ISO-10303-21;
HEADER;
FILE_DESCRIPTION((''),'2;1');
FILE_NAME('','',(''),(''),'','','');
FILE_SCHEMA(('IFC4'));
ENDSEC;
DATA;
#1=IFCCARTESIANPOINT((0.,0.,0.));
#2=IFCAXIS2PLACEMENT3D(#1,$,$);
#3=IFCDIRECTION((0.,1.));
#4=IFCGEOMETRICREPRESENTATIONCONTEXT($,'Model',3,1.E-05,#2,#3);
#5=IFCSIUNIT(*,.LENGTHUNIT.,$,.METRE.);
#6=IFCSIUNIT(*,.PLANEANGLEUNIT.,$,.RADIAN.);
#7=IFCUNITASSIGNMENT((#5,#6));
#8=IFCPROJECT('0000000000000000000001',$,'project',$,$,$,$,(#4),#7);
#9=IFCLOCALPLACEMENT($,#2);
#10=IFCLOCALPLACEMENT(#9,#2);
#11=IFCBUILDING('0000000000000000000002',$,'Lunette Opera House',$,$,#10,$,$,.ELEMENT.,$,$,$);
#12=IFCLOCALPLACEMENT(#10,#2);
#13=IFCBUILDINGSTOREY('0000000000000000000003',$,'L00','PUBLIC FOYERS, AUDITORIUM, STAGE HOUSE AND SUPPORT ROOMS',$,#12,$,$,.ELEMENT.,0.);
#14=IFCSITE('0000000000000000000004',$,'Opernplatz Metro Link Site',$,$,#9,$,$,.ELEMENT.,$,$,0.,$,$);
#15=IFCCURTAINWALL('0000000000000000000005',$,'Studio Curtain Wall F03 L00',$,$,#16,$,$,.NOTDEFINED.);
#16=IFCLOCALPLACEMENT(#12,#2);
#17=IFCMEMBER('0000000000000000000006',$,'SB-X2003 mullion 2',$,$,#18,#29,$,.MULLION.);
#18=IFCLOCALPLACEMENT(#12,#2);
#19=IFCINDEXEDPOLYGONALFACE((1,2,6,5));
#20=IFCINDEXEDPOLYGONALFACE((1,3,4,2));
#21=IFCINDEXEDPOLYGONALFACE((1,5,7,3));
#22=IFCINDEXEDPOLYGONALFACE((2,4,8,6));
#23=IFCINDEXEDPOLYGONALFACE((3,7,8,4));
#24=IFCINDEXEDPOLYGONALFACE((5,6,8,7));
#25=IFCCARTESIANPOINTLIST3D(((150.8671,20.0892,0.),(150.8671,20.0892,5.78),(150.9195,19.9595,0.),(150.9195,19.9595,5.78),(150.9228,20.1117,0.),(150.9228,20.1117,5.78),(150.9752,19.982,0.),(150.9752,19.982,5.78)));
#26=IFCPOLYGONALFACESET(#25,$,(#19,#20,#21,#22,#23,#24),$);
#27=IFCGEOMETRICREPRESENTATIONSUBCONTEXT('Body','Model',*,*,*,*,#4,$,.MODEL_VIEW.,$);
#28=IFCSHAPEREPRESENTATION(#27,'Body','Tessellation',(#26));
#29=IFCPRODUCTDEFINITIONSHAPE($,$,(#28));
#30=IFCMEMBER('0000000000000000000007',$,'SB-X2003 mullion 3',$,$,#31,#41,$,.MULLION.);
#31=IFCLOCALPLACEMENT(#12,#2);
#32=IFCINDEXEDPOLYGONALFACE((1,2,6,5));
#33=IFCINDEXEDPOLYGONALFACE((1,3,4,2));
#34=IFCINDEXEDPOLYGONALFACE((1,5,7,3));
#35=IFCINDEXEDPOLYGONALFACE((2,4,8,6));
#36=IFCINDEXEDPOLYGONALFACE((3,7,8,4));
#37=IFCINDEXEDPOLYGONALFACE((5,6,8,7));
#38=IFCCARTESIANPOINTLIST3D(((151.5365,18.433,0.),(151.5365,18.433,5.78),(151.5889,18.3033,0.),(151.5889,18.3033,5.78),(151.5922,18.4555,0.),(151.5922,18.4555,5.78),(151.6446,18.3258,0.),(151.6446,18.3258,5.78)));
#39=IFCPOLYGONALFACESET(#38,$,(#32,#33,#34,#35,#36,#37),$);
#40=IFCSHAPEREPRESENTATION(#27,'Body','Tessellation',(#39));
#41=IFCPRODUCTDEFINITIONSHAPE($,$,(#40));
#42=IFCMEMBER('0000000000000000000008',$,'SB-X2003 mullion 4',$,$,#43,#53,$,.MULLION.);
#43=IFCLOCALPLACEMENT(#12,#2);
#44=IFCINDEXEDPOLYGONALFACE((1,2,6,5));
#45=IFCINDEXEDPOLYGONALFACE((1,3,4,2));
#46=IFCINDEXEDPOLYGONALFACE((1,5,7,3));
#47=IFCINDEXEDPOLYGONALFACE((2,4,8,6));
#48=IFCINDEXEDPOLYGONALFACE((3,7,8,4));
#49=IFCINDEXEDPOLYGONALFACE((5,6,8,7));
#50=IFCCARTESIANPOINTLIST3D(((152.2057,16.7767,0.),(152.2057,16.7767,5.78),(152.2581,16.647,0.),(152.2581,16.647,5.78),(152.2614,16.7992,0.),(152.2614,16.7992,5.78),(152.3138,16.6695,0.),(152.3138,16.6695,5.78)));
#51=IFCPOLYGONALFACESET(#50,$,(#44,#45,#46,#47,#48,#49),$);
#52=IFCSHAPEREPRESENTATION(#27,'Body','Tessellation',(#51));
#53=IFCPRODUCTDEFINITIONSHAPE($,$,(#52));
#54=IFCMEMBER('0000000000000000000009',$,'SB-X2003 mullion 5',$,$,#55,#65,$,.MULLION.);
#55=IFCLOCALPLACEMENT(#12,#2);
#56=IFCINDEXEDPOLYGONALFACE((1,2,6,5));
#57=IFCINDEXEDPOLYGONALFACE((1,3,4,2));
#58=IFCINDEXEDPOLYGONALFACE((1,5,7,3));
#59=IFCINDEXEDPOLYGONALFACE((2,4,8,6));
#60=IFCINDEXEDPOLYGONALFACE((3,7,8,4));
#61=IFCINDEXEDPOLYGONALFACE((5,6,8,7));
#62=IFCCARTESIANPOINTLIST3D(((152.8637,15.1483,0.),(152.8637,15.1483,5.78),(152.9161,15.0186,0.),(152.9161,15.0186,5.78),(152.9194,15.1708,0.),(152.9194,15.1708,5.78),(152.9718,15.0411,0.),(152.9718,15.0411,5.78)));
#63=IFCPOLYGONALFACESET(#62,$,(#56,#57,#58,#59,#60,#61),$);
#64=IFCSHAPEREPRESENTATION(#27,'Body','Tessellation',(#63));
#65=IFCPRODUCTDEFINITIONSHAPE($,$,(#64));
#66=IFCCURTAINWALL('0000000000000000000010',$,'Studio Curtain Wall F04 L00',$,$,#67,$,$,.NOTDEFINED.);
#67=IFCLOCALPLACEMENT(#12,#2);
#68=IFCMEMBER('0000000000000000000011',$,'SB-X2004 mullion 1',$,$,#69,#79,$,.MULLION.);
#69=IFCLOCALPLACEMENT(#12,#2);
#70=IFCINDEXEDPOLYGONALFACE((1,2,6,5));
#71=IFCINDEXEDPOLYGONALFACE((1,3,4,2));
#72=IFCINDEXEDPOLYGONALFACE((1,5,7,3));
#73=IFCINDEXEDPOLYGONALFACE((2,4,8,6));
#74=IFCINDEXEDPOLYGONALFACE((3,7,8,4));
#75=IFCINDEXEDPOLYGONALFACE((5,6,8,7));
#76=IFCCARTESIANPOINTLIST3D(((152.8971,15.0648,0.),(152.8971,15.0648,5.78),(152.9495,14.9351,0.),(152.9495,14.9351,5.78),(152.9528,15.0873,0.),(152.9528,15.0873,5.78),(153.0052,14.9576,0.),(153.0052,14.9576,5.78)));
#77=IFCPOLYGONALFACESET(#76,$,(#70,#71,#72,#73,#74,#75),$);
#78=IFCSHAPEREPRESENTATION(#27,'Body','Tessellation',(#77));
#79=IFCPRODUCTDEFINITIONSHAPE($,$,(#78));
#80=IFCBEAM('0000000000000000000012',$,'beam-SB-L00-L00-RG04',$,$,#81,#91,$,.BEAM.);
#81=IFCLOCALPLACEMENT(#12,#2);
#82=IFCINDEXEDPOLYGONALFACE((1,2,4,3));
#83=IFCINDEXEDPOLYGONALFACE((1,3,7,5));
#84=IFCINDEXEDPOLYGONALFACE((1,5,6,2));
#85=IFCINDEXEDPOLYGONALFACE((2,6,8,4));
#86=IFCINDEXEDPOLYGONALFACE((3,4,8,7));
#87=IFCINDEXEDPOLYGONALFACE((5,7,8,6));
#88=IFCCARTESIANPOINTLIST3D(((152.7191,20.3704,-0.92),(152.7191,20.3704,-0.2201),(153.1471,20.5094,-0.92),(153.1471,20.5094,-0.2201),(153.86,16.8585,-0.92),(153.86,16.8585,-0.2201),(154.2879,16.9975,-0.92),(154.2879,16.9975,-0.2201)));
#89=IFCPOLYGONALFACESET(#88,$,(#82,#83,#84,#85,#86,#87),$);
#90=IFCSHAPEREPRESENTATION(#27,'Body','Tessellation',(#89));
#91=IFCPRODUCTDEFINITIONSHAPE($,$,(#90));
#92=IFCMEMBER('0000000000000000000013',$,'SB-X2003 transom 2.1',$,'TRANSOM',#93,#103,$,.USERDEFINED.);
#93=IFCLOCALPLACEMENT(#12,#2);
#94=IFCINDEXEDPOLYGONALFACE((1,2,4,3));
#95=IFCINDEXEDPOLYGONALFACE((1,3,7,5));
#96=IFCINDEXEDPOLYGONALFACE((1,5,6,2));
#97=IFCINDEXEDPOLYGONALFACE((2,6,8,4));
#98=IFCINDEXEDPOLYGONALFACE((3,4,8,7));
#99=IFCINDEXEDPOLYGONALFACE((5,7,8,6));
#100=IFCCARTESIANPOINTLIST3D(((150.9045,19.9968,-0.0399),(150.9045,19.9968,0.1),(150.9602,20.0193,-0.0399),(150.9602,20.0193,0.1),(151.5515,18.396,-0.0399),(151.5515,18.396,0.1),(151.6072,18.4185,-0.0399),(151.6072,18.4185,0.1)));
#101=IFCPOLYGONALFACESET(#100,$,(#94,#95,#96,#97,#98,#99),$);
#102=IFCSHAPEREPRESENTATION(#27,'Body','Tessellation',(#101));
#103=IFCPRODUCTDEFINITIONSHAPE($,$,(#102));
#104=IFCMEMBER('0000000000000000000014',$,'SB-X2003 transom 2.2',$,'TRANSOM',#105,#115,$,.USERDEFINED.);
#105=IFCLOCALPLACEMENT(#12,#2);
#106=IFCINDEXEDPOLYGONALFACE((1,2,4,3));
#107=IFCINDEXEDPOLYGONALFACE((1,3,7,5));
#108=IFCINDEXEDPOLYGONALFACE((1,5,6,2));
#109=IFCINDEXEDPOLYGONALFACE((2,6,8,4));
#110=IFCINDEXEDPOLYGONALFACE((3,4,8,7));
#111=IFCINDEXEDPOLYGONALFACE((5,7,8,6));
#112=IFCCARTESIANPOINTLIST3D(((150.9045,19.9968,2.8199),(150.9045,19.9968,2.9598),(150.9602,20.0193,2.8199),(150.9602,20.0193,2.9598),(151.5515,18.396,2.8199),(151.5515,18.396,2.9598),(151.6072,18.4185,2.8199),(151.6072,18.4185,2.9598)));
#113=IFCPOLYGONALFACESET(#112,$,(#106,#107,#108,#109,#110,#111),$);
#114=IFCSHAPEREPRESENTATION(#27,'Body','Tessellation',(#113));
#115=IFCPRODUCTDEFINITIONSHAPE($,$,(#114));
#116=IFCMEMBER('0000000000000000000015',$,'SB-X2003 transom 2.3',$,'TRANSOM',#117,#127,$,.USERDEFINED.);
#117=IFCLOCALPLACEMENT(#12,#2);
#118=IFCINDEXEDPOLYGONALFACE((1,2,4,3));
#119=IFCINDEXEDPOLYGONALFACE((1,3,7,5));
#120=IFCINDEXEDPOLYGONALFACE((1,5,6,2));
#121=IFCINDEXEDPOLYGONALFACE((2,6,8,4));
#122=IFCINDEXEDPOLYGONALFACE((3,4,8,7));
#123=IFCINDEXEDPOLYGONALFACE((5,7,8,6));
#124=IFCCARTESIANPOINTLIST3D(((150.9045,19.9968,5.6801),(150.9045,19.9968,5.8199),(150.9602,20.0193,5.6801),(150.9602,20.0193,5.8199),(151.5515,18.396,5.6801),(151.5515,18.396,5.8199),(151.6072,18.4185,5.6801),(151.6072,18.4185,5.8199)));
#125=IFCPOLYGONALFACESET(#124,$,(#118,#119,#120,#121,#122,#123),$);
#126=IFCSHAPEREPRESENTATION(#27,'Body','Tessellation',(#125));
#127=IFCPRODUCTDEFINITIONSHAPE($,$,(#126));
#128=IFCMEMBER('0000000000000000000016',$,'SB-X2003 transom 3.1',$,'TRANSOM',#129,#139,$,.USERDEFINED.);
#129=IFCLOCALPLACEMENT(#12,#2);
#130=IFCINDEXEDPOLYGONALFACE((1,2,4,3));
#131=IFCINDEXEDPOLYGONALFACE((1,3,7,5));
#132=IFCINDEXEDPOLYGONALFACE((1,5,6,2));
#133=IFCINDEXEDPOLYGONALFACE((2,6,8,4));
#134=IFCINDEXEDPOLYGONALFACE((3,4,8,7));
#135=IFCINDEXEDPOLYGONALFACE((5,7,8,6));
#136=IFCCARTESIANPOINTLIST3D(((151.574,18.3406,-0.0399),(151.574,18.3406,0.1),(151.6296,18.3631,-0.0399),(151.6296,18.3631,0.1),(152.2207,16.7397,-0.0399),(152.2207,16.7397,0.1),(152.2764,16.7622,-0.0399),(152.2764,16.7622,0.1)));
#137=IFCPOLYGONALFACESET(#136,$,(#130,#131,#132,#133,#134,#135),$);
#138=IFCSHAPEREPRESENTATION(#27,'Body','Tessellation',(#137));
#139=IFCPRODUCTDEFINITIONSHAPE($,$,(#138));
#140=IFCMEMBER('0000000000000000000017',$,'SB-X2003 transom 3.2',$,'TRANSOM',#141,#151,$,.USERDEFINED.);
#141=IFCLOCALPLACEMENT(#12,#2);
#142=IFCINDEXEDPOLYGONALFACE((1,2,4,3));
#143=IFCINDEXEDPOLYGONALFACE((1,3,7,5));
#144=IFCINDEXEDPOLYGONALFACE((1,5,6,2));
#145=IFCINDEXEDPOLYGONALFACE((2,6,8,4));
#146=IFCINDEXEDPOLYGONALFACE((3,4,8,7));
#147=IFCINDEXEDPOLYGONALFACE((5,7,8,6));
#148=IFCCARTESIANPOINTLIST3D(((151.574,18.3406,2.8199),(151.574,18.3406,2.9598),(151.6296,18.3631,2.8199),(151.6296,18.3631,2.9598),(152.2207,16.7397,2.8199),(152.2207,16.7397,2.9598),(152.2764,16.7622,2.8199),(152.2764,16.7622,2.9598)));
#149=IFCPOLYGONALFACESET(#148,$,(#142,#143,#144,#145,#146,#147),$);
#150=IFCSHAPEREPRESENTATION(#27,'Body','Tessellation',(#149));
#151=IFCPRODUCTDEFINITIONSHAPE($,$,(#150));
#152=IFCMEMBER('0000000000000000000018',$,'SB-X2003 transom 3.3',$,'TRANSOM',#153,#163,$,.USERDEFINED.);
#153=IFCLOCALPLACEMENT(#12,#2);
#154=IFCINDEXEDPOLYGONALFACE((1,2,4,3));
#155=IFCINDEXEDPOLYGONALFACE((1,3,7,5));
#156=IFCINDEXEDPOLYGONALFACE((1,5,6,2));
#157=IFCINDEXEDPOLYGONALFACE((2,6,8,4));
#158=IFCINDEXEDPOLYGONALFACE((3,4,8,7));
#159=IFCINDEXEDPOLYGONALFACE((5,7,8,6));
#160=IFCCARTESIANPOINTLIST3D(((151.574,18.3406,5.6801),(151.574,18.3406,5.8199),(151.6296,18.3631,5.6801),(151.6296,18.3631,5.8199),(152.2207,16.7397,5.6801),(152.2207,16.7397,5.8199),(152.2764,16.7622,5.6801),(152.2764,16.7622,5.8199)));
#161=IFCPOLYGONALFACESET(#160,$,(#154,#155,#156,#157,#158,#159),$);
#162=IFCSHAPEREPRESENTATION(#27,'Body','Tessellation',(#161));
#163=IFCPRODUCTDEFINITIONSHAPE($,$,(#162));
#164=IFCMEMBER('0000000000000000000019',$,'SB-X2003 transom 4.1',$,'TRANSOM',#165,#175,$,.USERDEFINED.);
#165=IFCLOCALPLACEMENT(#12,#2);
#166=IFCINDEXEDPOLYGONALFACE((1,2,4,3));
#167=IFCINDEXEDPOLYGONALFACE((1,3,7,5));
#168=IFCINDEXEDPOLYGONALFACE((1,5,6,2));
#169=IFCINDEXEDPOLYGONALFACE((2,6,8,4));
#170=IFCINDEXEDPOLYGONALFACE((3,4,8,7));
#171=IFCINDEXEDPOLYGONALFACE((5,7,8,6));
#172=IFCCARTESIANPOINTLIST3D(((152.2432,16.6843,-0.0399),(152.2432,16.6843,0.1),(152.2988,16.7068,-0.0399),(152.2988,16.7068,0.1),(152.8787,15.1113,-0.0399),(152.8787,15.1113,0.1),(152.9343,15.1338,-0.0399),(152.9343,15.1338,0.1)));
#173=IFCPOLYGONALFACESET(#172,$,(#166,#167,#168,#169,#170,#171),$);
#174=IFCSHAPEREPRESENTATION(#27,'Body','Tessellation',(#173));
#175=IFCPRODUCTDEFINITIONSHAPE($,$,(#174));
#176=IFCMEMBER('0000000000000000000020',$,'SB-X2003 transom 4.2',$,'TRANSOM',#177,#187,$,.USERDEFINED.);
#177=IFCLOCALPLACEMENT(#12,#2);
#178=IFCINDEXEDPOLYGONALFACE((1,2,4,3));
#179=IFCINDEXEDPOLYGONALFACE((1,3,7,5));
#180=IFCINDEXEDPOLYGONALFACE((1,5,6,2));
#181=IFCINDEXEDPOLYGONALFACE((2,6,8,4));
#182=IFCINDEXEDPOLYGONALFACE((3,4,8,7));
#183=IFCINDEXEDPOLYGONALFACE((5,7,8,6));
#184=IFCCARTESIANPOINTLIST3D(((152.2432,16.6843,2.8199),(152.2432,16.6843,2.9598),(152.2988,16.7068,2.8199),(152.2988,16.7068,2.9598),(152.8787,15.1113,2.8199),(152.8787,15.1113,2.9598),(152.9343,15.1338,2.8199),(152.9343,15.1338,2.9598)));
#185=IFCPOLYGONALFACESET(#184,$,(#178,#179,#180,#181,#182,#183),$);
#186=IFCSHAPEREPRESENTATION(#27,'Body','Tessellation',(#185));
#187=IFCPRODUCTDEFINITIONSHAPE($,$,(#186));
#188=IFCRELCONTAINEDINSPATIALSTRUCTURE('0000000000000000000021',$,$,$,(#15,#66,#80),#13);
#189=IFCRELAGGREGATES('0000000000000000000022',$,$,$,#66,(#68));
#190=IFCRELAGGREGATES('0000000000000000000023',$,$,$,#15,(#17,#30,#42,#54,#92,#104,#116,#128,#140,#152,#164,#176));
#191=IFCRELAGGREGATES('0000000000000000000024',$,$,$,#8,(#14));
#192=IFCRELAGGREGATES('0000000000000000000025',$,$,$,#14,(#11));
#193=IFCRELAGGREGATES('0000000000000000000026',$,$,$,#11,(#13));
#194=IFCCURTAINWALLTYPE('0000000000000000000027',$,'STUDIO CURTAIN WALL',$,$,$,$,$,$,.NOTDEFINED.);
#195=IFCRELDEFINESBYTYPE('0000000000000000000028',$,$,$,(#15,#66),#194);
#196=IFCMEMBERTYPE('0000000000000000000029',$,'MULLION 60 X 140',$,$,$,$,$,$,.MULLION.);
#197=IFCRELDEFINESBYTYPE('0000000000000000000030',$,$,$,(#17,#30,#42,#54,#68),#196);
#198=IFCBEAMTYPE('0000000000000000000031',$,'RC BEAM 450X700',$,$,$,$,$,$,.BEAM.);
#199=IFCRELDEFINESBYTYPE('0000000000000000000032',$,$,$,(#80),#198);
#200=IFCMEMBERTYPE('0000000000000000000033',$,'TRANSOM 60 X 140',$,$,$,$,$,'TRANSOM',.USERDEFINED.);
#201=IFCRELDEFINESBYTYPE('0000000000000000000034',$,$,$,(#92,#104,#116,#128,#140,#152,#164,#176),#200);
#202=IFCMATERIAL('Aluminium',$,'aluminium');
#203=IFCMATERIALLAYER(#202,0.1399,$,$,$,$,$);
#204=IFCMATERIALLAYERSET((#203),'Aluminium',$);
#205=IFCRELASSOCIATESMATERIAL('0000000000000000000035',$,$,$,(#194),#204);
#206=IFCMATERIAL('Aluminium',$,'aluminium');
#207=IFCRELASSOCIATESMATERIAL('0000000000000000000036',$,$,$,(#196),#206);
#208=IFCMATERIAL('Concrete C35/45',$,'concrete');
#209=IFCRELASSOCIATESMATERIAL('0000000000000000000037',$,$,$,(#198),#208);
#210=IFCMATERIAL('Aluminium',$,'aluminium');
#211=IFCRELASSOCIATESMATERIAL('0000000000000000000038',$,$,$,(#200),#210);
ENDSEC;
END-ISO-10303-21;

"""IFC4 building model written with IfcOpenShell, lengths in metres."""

from ifc_helpers import new_model, si_unit, direction, frame, origin, origin_2d, place, context, subcontext, project, spatial, rectangle, extrude, material, layer, layer_set, material_profile, profile_set, type_object, element, aggregate, save


model = new_model("IFC4")

# Units and contexts
model_context = context("Model", 3, precision=1e-05, world=origin(), true_north=direction((0.0, 1.0)))
body_context = subcontext(model_context, "Body", "Model", "MODEL_VIEW")
ifc_project = project(units=[si_unit("LENGTHUNIT", "METRE"), si_unit("PLANEANGLEUNIT", "RADIAN")], contexts=[model_context])

# Site, building, storey
site_placement = place(None, origin())
site = spatial("IfcSite", under=ifc_project, at=site_placement, Name="Opernplatz Metro Link Site", CompositionType="ELEMENT", RefElevation=0.0)
building_placement = place(site_placement, origin())
building = spatial("IfcBuilding", under=site, at=building_placement, Name="Lunette Opera House", CompositionType="ELEMENT")
storey_placement = place(building_placement, origin())
storey = spatial("IfcBuildingStorey", under=building, at=storey_placement, Name="L00", Description="PUBLIC FOYERS, AUDITORIUM, STAGE HOUSE AND SUPPORT ROOMS", CompositionType="ELEMENT", Elevation=0.0)

# Curtain wall, members
ifc_material_1 = material(Name="Aluminium", Category="aluminium")
ifc_layer_1 = layer(ifc_material_1, 0.1399)
ifc_layer_set_1 = layer_set([ifc_layer_1], Name="Aluminium")
curtain_wall_type = type_object("IfcCurtainWallType", Name="STUDIO CURTAIN WALL", PredefinedType="NOTDEFINED", material=ifc_layer_set_1)
curtain_wall_1_placement = place(storey_placement, origin())
curtain_wall_1 = element("IfcCurtainWall", 1, at=curtain_wall_1_placement, inside=storey, type_object=curtain_wall_type, Name="Studio Curtain Wall F03 L00", PredefinedType="NOTDEFINED")
ifc_material_2 = material(Name="Aluminium", Category="aluminium")
ifc_material_profile_1 = material_profile(ifc_material_2, rectangle(XDim=0.0601, YDim=0.1399, at=origin_2d()), Name="MULLION 60 X 140")
ifc_profile_set_1 = profile_set([ifc_material_profile_1], Name="Aluminium")
member_type_1 = type_object("IfcMemberType", Name="MULLION 60 X 140", PredefinedType="MULLION", material=ifc_profile_set_1)
member_1_placement = place(storey_placement, frame((150.9211, 20.0356, 0.0), z_axis=(0.0, 0.0, 1.0), x_axis=(0.927168, 0.374646, 0.0)))
member_1 = element("IfcMember", 2, at=member_1_placement, type_object=member_type_1, Name="SB-X2003 mullion 2", PredefinedType="MULLION", context=body_context, shape_type="SweptSolid", body=[
    extrude(rectangle(XDim=0.0601, YDim=0.1399, at=origin_2d()), origin(), (0.0, 0.0, 1.0), 5.78),
])
member_2_placement = place(storey_placement, frame((151.5906, 18.3794, 0.0), z_axis=(0.0, 0.0, 1.0), x_axis=(0.927168, 0.374646, 0.0)))
member_2 = element("IfcMember", 3, at=member_2_placement, type_object=member_type_1, Name="SB-X2003 mullion 3", PredefinedType="MULLION", context=body_context, shape_type="SweptSolid", body=[
    extrude(rectangle(XDim=0.0601, YDim=0.1399, at=origin_2d()), origin(), (0.0, 0.0, 1.0), 5.78),
])
member_3_placement = place(storey_placement, frame((152.2598, 16.7231, 0.0), z_axis=(0.0, 0.0, 1.0), x_axis=(0.927168, 0.374646, 0.0)))
member_3 = element("IfcMember", 4, at=member_3_placement, type_object=member_type_1, Name="SB-X2003 mullion 4", PredefinedType="MULLION", context=body_context, shape_type="SweptSolid", body=[
    extrude(rectangle(XDim=0.0601, YDim=0.1399, at=origin_2d()), origin(), (0.0, 0.0, 1.0), 5.78),
])
member_4_placement = place(storey_placement, frame((152.9177, 15.0947, 0.0), z_axis=(0.0, 0.0, 1.0), x_axis=(0.927168, 0.374646, 0.0)))
member_4 = element("IfcMember", 5, at=member_4_placement, type_object=member_type_1, Name="SB-X2003 mullion 5", PredefinedType="MULLION", context=body_context, shape_type="SweptSolid", body=[
    extrude(rectangle(XDim=0.0601, YDim=0.1399, at=origin_2d()), origin(), (0.0, 0.0, 1.0), 5.78),
])

# Curtain wall, member
curtain_wall_2_placement = place(storey_placement, origin())
curtain_wall_2 = element("IfcCurtainWall", 6, at=curtain_wall_2_placement, inside=storey, type_object=curtain_wall_type, Name="Studio Curtain Wall F04 L00", PredefinedType="NOTDEFINED")
member_5_placement = place(storey_placement, frame((152.9512, 15.0112, 0.0), z_axis=(0.0, 0.0, 1.0), x_axis=(0.927183, 0.374609, 0.0)))
member_5 = element("IfcMember", 7, at=member_5_placement, type_object=member_type_1, Name="SB-X2004 mullion 1", PredefinedType="MULLION", context=body_context, shape_type="SweptSolid", body=[
    extrude(rectangle(XDim=0.0601, YDim=0.1399, at=origin_2d()), origin(), (0.0, 0.0, 1.0), 5.78),
])

# Beam
ifc_material_3 = material(Name="Concrete C35/45", Category="concrete")
ifc_material_profile_2 = material_profile(ifc_material_3, rectangle(XDim=0.45, YDim=0.7, at=origin_2d()), Name="RC BEAM 450X700")
ifc_profile_set_2 = profile_set([ifc_material_profile_2], Name="Concrete C35/45")
beam_type = type_object("IfcBeamType", Name="RC BEAM 450X700", PredefinedType="BEAM", material=ifc_profile_set_2)
beam_placement = place(storey_placement, frame((152.9331, 20.4399, -0.5701), z_axis=(0.308959, -0.951075, 0.0), x_axis=(0.951075, 0.308959, 0.0)))
element("IfcBeam", 8, at=beam_placement, inside=storey, type_object=beam_type, Name="beam-SB-L00-L00-RG04", PredefinedType="BEAM", context=body_context, shape_type="SweptSolid", body=[
    extrude(rectangle(XDim=0.45, YDim=0.7, at=origin_2d()), origin(), (0.0, 0.0, 1.0), 3.6926),
])

# Members
ifc_material_4 = material(Name="Aluminium", Category="aluminium")
ifc_material_profile_3 = material_profile(ifc_material_4, rectangle(XDim=0.0601, YDim=0.1399, at=origin_2d()), Name="TRANSOM 60 X 140")
ifc_profile_set_3 = profile_set([ifc_material_profile_3], Name="Aluminium")
member_type_2 = type_object("IfcMemberType", Name="TRANSOM 60 X 140", ElementType="TRANSOM", PredefinedType="USERDEFINED", material=ifc_profile_set_3)
member_6_placement = place(storey_placement, frame((150.9324, 20.0081, 0.03), z_axis=(0.374704, -0.927145, 0.0), x_axis=(0.927145, 0.374704, 0.0)))
member_6 = element("IfcMember", 9, at=member_6_placement, type_object=member_type_2, Name="SB-X2003 transom 2.1", ObjectType="TRANSOM", PredefinedType="USERDEFINED", context=body_context, shape_type="SweptSolid", body=[
    extrude(rectangle(XDim=0.0601, YDim=0.1399, at=origin_2d()), origin(), (0.0, 0.0, 1.0), 1.7266),
])
member_7_placement = place(storey_placement, frame((150.9324, 20.0081, 2.8899), z_axis=(0.374704, -0.927145, 0.0), x_axis=(0.927145, 0.374704, 0.0)))
member_7 = element("IfcMember", 10, at=member_7_placement, type_object=member_type_2, Name="SB-X2003 transom 2.2", ObjectType="TRANSOM", PredefinedType="USERDEFINED", context=body_context, shape_type="SweptSolid", body=[
    extrude(rectangle(XDim=0.0601, YDim=0.1399, at=origin_2d()), origin(), (0.0, 0.0, 1.0), 1.7266),
])
member_8_placement = place(storey_placement, frame((150.9324, 20.0081, 5.75), z_axis=(0.374704, -0.927145, 0.0), x_axis=(0.927145, 0.374704, 0.0)))
member_8 = element("IfcMember", 11, at=member_8_placement, type_object=member_type_2, Name="SB-X2003 transom 2.3", ObjectType="TRANSOM", PredefinedType="USERDEFINED", context=body_context, shape_type="SweptSolid", body=[
    extrude(rectangle(XDim=0.0601, YDim=0.1399, at=origin_2d()), origin(), (0.0, 0.0, 1.0), 1.7266),
])
member_9_placement = place(storey_placement, frame((151.6018, 18.3518, 0.03), z_axis=(0.374582, -0.927194, 0.0), x_axis=(0.927194, 0.374582, 0.0)))
member_9 = element("IfcMember", 12, at=member_9_placement, type_object=member_type_2, Name="SB-X2003 transom 3.1", ObjectType="TRANSOM", PredefinedType="USERDEFINED", context=body_context, shape_type="SweptSolid", body=[
    extrude(rectangle(XDim=0.0601, YDim=0.1399, at=origin_2d()), origin(), (0.0, 0.0, 1.0), 1.7266),
])
member_10_placement = place(storey_placement, frame((151.6018, 18.3518, 2.8899), z_axis=(0.374582, -0.927194, 0.0), x_axis=(0.927194, 0.374582, 0.0)))
member_10 = element("IfcMember", 13, at=member_10_placement, type_object=member_type_2, Name="SB-X2003 transom 3.2", ObjectType="TRANSOM", PredefinedType="USERDEFINED", context=body_context, shape_type="SweptSolid", body=[
    extrude(rectangle(XDim=0.0601, YDim=0.1399, at=origin_2d()), origin(), (0.0, 0.0, 1.0), 1.7266),
])
member_11_placement = place(storey_placement, frame((151.6018, 18.3518, 5.75), z_axis=(0.374582, -0.927194, 0.0), x_axis=(0.927194, 0.374582, 0.0)))
member_11 = element("IfcMember", 14, at=member_11_placement, type_object=member_type_2, Name="SB-X2003 transom 3.3", ObjectType="TRANSOM", PredefinedType="USERDEFINED", context=body_context, shape_type="SweptSolid", body=[
    extrude(rectangle(XDim=0.0601, YDim=0.1399, at=origin_2d()), origin(), (0.0, 0.0, 1.0), 1.7266),
])
member_12_placement = place(storey_placement, frame((152.271, 16.6956, 0.03), z_axis=(0.374589, -0.927191, 0.0), x_axis=(0.927191, 0.374589, 0.0)))
member_12 = element("IfcMember", 15, at=member_12_placement, type_object=member_type_2, Name="SB-X2003 transom 4.1", ObjectType="TRANSOM", PredefinedType="USERDEFINED", context=body_context, shape_type="SweptSolid", body=[
    extrude(rectangle(XDim=0.0601, YDim=0.1399, at=origin_2d()), origin(), (0.0, 0.0, 1.0), 1.6965),
])
member_13_placement = place(storey_placement, frame((152.271, 16.6956, 2.8899), z_axis=(0.374589, -0.927191, 0.0), x_axis=(0.927191, 0.374589, 0.0)))
member_13 = element("IfcMember", 16, at=member_13_placement, type_object=member_type_2, Name="SB-X2003 transom 4.2", ObjectType="TRANSOM", PredefinedType="USERDEFINED", context=body_context, shape_type="SweptSolid", body=[
    extrude(rectangle(XDim=0.0601, YDim=0.1399, at=origin_2d()), origin(), (0.0, 0.0, 1.0), 1.6965),
])
aggregate(curtain_wall_2, [member_5])

aggregate(curtain_wall_1, [member_1, member_2, member_3, member_4, member_6, member_7, member_8, member_9, member_10, member_11, member_12, member_13])

save(model, "model.ifc")
